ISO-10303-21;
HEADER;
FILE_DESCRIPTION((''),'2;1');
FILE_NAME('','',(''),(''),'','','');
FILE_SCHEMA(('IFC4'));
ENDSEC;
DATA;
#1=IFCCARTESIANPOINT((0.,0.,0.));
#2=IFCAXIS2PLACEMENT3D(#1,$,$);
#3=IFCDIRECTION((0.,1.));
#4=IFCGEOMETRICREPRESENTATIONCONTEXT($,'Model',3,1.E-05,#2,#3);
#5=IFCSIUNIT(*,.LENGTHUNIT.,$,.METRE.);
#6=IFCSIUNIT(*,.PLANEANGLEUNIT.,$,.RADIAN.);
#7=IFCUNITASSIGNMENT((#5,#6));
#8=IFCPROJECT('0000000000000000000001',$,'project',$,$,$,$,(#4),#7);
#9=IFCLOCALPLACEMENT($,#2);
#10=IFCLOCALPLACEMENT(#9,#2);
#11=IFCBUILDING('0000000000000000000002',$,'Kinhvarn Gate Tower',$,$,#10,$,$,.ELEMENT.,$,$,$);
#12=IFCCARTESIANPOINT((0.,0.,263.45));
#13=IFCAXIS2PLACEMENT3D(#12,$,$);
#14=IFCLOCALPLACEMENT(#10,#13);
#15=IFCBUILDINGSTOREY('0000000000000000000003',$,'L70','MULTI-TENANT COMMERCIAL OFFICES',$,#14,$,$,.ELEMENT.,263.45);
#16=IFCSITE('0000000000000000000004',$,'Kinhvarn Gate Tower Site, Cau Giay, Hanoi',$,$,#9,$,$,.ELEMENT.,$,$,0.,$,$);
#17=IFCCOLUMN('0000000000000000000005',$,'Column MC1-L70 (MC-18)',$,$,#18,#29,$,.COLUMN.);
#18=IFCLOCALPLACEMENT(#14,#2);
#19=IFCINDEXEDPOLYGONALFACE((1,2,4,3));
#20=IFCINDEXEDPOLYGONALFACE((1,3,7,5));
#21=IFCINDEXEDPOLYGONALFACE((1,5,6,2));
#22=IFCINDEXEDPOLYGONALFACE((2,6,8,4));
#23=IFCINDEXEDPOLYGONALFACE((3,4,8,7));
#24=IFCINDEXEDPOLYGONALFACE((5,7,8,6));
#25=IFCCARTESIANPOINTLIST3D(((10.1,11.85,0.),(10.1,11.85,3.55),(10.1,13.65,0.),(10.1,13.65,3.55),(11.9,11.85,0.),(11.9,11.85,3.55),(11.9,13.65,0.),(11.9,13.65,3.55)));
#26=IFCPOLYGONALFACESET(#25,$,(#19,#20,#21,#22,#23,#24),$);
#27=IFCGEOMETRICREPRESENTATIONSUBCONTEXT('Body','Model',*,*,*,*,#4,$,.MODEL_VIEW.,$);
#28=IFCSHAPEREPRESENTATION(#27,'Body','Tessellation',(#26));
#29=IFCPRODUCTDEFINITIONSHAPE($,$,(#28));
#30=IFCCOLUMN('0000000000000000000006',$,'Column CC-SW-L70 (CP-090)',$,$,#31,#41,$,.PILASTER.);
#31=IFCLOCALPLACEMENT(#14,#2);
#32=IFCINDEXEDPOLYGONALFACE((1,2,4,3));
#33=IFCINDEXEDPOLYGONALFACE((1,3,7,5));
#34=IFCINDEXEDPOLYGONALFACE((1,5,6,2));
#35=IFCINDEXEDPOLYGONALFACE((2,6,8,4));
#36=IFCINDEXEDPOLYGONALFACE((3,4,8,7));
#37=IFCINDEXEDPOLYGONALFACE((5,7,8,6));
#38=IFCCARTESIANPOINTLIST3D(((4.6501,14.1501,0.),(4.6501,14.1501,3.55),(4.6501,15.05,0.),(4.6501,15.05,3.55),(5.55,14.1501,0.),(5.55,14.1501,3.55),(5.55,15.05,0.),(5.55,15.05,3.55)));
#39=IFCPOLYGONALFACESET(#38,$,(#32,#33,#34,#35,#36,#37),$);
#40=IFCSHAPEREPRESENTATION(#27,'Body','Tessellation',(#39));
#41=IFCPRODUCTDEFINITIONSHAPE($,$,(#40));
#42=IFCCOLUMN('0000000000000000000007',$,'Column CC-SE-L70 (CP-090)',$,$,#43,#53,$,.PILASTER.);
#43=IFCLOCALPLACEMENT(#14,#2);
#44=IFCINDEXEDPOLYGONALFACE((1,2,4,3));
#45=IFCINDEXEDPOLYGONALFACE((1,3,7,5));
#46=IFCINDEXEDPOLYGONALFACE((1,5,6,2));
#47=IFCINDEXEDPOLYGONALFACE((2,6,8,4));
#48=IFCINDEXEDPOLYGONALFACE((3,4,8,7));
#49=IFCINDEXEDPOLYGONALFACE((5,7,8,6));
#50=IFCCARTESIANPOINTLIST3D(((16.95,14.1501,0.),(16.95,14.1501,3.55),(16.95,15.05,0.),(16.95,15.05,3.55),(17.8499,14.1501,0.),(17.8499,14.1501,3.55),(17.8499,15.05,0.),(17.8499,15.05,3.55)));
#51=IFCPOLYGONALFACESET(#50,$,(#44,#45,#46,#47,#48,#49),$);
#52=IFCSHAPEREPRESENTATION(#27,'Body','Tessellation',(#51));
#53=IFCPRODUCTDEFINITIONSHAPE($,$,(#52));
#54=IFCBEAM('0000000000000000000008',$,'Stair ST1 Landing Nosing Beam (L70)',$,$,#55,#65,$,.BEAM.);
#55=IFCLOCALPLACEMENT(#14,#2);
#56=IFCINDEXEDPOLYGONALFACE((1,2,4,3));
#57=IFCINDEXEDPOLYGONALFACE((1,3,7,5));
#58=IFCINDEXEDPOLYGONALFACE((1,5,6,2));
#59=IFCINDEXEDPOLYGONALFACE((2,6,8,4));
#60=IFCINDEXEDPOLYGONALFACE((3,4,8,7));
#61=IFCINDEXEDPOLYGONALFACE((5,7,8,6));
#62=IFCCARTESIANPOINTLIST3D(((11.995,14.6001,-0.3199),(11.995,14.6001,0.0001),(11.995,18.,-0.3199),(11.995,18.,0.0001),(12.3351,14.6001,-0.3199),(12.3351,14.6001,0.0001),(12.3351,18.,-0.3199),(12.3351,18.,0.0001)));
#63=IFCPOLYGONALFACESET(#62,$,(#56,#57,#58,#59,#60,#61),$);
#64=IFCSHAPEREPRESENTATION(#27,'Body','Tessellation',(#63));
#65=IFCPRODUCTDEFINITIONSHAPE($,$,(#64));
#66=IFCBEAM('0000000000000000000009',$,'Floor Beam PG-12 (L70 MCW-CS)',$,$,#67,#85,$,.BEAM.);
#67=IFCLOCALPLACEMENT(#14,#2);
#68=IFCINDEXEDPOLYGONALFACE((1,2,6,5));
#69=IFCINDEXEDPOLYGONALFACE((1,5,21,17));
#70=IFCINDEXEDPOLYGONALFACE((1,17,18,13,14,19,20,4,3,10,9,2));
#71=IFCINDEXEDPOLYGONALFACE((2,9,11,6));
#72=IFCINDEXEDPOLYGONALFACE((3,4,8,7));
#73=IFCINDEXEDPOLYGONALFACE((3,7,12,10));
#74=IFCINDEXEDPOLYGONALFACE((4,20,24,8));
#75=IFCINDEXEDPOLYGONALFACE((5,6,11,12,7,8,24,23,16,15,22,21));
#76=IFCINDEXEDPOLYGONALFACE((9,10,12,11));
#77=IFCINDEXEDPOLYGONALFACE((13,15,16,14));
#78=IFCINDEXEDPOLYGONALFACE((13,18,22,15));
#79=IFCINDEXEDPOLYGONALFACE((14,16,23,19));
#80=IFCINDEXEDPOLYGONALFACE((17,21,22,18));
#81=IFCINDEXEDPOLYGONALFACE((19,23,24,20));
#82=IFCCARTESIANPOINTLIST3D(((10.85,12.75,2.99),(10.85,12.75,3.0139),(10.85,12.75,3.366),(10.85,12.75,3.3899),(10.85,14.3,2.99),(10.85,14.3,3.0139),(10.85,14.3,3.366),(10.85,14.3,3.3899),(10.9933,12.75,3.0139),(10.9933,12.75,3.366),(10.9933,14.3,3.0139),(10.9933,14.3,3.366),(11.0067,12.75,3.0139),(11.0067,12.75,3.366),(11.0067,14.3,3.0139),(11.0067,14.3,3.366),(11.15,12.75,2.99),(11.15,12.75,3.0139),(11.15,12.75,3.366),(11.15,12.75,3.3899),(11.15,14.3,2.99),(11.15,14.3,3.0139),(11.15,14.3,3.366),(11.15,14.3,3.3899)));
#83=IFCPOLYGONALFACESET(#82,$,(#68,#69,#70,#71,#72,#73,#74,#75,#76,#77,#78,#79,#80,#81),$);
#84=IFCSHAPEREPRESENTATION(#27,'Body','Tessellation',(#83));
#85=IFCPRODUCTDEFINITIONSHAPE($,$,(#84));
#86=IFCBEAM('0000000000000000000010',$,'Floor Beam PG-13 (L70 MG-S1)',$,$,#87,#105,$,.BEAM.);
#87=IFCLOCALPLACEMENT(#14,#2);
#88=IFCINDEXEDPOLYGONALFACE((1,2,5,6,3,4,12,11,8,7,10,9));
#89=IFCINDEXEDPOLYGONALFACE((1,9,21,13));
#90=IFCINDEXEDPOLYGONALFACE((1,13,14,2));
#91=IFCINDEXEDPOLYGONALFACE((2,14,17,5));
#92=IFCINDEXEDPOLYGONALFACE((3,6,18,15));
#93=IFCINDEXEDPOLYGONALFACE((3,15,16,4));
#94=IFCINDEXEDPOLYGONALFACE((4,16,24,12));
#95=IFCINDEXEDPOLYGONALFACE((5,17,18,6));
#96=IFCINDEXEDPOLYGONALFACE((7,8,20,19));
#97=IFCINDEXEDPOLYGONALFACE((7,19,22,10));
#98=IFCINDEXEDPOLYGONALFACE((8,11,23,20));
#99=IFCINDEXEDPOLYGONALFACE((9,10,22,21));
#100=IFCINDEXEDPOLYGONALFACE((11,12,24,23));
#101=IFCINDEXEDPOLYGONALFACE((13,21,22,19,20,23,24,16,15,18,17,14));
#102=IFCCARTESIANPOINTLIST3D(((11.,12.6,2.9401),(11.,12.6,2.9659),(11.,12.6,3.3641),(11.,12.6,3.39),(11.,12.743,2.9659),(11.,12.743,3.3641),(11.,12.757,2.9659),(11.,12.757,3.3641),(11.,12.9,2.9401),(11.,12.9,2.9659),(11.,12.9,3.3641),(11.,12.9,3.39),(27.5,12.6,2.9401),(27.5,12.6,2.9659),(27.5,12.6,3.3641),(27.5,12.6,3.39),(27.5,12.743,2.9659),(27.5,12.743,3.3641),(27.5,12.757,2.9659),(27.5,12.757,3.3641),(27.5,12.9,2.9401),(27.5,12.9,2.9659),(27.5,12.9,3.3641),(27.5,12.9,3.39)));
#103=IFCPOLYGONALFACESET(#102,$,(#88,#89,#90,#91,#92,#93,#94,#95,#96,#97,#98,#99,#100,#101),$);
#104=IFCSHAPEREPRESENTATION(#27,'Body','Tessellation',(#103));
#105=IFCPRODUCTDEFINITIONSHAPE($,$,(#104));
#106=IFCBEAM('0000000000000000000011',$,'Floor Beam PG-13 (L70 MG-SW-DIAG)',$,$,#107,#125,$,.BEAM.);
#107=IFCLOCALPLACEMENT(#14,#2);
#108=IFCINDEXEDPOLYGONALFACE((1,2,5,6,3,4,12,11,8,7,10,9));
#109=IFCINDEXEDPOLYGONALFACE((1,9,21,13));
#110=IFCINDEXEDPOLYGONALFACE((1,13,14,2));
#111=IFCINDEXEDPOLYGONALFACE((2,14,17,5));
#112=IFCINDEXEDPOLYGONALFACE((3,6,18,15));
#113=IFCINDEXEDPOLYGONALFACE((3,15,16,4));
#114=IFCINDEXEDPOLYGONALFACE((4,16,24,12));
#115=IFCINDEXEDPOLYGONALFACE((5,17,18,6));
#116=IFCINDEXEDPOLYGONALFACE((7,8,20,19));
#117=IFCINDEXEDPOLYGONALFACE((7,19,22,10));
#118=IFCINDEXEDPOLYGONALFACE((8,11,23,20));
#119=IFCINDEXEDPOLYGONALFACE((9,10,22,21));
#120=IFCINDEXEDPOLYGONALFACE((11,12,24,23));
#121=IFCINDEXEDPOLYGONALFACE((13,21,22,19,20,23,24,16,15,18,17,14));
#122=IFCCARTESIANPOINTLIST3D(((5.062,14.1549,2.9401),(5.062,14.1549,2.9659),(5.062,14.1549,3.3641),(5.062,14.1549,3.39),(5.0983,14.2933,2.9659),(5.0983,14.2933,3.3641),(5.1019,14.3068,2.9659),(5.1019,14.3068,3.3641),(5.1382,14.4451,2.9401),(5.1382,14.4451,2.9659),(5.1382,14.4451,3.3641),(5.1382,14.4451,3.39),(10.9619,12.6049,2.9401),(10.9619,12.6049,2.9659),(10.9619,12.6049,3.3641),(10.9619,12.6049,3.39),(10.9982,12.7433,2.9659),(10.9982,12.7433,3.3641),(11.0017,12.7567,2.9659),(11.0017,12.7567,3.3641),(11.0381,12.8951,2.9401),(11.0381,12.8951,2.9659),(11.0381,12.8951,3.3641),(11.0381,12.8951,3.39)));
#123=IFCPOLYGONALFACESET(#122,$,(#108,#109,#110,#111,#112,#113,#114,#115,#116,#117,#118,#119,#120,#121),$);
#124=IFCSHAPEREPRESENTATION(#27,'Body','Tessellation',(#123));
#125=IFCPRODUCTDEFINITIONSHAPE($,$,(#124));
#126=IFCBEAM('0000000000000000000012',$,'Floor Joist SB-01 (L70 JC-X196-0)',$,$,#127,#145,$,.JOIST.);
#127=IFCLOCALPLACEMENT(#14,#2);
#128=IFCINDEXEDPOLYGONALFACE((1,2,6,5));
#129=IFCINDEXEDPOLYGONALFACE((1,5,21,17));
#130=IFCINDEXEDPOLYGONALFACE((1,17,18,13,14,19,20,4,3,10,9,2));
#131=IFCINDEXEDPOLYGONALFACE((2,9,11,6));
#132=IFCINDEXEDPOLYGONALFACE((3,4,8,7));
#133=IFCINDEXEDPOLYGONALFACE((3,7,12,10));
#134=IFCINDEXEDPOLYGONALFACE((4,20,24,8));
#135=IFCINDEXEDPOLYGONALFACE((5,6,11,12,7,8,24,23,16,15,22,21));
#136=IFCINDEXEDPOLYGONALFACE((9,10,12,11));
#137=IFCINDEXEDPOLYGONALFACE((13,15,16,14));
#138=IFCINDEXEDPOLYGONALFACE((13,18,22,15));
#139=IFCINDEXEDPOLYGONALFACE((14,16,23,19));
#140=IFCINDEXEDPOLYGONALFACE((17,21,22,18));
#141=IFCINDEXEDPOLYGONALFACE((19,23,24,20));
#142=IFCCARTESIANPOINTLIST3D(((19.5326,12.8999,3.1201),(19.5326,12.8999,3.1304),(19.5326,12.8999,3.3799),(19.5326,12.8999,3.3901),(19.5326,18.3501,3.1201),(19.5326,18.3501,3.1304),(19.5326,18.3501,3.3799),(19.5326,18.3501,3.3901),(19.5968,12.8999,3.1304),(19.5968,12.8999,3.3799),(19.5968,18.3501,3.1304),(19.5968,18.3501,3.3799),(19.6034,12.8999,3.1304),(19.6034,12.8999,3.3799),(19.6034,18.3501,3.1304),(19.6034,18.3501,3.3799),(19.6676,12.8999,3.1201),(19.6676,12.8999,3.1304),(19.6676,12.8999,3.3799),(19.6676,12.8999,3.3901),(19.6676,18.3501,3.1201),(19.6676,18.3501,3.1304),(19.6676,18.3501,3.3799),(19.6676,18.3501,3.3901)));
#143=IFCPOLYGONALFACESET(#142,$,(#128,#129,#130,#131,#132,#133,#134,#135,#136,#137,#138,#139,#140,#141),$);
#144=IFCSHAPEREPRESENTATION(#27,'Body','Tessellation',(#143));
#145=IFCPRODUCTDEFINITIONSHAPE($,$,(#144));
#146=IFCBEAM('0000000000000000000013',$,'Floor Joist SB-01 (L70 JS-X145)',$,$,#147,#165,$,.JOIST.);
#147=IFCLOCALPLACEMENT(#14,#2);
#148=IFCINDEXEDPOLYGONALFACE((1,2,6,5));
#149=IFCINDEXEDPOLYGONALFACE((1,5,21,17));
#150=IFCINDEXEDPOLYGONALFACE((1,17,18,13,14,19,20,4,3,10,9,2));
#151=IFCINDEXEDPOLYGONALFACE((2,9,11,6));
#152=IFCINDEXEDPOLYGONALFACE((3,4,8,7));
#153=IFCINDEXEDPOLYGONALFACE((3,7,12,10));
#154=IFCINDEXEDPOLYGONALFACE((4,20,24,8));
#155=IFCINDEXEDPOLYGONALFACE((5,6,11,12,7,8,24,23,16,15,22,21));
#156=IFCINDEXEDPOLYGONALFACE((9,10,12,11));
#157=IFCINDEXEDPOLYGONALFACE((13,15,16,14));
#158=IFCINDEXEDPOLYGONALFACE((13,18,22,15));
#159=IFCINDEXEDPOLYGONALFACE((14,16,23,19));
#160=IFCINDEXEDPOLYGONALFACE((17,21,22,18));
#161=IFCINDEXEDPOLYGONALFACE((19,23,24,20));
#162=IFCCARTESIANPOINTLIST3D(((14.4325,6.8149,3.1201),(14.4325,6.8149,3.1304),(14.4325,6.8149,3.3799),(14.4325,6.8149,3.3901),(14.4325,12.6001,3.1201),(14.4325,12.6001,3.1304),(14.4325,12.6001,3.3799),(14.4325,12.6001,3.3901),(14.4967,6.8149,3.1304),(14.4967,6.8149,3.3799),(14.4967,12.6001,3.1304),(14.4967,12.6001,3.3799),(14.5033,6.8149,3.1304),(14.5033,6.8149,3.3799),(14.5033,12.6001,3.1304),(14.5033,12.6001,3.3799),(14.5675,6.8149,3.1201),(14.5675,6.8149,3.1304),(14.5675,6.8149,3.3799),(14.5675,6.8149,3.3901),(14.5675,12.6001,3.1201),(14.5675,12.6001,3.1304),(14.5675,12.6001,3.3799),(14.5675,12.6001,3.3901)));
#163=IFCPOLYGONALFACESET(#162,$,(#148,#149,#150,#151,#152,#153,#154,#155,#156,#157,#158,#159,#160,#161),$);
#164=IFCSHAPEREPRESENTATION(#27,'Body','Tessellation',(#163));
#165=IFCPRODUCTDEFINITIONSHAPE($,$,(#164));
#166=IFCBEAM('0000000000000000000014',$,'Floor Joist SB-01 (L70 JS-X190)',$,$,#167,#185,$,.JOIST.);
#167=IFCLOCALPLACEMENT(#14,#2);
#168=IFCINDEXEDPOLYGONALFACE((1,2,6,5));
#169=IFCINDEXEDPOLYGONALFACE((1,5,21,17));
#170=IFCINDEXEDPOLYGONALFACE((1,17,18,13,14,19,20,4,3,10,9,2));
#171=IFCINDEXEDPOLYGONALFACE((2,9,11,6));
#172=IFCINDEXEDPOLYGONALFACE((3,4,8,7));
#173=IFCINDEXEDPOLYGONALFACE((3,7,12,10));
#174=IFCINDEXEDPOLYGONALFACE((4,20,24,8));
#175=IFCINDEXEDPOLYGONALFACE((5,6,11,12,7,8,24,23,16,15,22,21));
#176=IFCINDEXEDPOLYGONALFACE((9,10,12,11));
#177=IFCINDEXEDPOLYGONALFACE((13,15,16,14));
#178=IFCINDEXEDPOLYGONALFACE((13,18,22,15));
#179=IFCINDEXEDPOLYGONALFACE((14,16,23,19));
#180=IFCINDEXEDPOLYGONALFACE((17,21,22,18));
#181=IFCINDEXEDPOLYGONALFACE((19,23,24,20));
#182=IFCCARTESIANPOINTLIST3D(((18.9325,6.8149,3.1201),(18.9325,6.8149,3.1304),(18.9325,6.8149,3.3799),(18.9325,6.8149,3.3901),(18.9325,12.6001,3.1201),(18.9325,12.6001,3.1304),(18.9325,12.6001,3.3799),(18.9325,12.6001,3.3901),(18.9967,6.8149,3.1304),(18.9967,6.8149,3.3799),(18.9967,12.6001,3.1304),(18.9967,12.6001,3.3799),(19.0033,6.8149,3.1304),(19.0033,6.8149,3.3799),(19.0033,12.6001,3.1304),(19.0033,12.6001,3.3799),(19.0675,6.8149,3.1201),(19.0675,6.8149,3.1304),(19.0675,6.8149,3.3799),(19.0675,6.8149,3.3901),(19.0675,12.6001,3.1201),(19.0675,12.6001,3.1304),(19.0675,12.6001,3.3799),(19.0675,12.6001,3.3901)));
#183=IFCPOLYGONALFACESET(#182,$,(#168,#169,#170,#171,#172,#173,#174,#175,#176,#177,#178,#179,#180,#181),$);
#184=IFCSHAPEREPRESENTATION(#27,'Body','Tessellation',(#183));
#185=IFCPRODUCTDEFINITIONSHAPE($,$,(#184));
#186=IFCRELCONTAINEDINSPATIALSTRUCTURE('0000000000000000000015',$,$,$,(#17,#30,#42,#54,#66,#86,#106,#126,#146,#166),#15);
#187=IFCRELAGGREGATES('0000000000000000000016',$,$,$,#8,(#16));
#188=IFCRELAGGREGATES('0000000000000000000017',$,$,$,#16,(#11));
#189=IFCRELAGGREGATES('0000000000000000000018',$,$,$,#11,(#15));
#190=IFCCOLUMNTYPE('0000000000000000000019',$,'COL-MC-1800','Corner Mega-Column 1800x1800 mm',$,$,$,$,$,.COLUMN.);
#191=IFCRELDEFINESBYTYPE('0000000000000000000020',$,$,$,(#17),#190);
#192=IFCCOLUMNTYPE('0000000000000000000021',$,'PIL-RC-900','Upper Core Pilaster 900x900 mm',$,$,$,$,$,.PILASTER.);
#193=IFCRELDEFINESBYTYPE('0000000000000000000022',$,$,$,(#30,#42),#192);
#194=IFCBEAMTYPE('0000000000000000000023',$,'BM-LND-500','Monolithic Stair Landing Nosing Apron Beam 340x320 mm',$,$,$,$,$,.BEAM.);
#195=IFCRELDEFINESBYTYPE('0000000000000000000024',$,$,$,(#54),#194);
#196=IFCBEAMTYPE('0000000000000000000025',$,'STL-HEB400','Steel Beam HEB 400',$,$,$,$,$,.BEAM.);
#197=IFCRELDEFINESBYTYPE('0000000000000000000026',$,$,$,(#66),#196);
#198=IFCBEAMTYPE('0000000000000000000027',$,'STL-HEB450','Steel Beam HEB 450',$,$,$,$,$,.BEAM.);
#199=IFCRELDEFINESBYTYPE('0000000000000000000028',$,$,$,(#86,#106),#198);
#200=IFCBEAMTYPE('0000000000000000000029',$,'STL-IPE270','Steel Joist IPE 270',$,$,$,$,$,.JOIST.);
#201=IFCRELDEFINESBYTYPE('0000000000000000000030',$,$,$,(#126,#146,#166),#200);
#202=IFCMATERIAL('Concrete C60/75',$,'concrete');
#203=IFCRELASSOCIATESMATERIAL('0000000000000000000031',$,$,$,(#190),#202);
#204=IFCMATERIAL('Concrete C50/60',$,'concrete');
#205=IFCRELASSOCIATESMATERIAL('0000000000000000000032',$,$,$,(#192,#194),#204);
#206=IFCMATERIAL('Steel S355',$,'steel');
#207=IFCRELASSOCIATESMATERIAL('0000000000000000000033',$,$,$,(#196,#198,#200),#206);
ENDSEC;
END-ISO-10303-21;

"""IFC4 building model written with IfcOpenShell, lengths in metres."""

from ifc_helpers import new_model, si_unit, direction, frame, origin, origin_2d, place, context, subcontext, project, spatial, rectangle, i_section, extrude, material, material_profile, profile_set, type_object, element, save


model = new_model("IFC4")

# Units and contexts
model_context = context("Model", 3, precision=1e-05, world=origin(), true_north=direction((0.0, 1.0)))
body_context = subcontext(model_context, "Body", "Model", "MODEL_VIEW")
ifc_project = project(units=[si_unit("LENGTHUNIT", "METRE"), si_unit("PLANEANGLEUNIT", "RADIAN")], contexts=[model_context])

# Site, building, storey
site_placement = place(None, origin())
site = spatial("IfcSite", under=ifc_project, at=site_placement, Name="Kinhvarn Gate Tower Site, Cau Giay, Hanoi", CompositionType="ELEMENT", RefElevation=0.0)
building_placement = place(site_placement, origin())
building = spatial("IfcBuilding", under=site, at=building_placement, Name="Kinhvarn Gate Tower", CompositionType="ELEMENT")
storey_placement = place(building_placement, frame((0.0, 0.0, 263.45)))
storey = spatial("IfcBuildingStorey", under=building, at=storey_placement, Name="L70", Description="MULTI-TENANT COMMERCIAL OFFICES", CompositionType="ELEMENT", Elevation=263.45)

# Columns
ifc_material_1 = material(Name="Concrete C60/75", Category="concrete")
ifc_material_profile_1 = material_profile(ifc_material_1, rectangle(XDim=1.8, YDim=1.8, at=origin_2d()), Name="RC 1800x1800")
ifc_profile_set_1 = profile_set([ifc_material_profile_1], Name="Concrete C60/75")
column_type_1 = type_object("IfcColumnType", Name="COL-MC-1800", Description="Corner Mega-Column 1800x1800 mm", PredefinedType="COLUMN", material=ifc_profile_set_1)
column_placement = place(storey_placement, frame((11.0, 12.75, 0.0), z_axis=(0.0, 0.0, 1.0), x_axis=(1.0, 0.0, 0.0)))
element("IfcColumn", 1, at=column_placement, inside=storey, type_object=column_type_1, Name="Column MC1-L70 (MC-18)", PredefinedType="COLUMN", context=body_context, shape_type="SweptSolid", body=[
    extrude(rectangle(XDim=1.8, YDim=1.8, at=origin_2d()), origin(), (0.0, 0.0, 1.0), 3.55),
])
ifc_material_2 = material(Name="Concrete C50/60", Category="concrete")
ifc_material_profile_2 = material_profile(ifc_material_2, rectangle(XDim=0.8999, YDim=0.8999, at=origin_2d()), Name="RC 900x900")
ifc_profile_set_2 = profile_set([ifc_material_profile_2], Name="Concrete C50/60")
column_type_2 = type_object("IfcColumnType", Name="PIL-RC-900", Description="Upper Core Pilaster 900x900 mm", PredefinedType="PILASTER", material=ifc_profile_set_2)
for number, where, z_axis, x_axis, name in (
    (2, (5.1001, 14.6001, 0.0), (0.0, 0.0, 1.0), (1.0, 0.0, 0.0), "Column CC-SW-L70 (CP-090)"),
    (3, (17.3999, 14.6001, 0.0), (0.0, 0.0, 1.0), (1.0, 0.0, 0.0), "Column CC-SE-L70 (CP-090)"),
):
    element("IfcColumn", number, at=place(storey_placement, frame(where, z_axis=z_axis, x_axis=x_axis)), inside=storey, type_object=column_type_2, Name=name, PredefinedType="PILASTER", context=body_context, shape_type="SweptSolid", body=[
        extrude(rectangle(XDim=0.8999, YDim=0.8999, at=origin_2d()), origin(), (0.0, 0.0, 1.0), 3.55),
    ])

# Beams
ifc_material_profile_3 = material_profile(ifc_material_2, rectangle(XDim=0.3401, YDim=0.3201, at=origin_2d()), Name="RC 340x320")
ifc_profile_set_3 = profile_set([ifc_material_profile_3], Name="Concrete C50/60")
beam_type_1 = type_object("IfcBeamType", Name="BM-LND-500", Description="Monolithic Stair Landing Nosing Apron Beam 340x320 mm", PredefinedType="BEAM", material=ifc_profile_set_3)
beam_1_placement = place(storey_placement, frame((12.165, 14.6001, -0.1599), z_axis=(0.0, 1.0, 0.0), x_axis=(-1.0, 0.0, 0.0)))
element("IfcBeam", 4, at=beam_1_placement, inside=storey, type_object=beam_type_1, Name="Stair ST1 Landing Nosing Beam (L70)", PredefinedType="BEAM", context=body_context, shape_type="SweptSolid", body=[
    extrude(rectangle(XDim=0.3401, YDim=0.3201, at=origin_2d()), origin(), (0.0, 0.0, 1.0), 3.3999),
])
ifc_material_3 = material(Name="Steel S355", Category="steel")
ifc_material_profile_4 = material_profile(ifc_material_3, i_section(OverallWidth=0.3, OverallDepth=0.3999, WebThickness=0.0134, FlangeThickness=0.0239, at=origin_2d()), Name="HEB 400")
ifc_profile_set_4 = profile_set([ifc_material_profile_4], Name="Steel S355")
beam_type_2 = type_object("IfcBeamType", Name="STL-HEB400", Description="Steel Beam HEB 400", PredefinedType="BEAM", material=ifc_profile_set_4)
beam_2_placement = place(storey_placement, frame((11.0, 12.75, 3.1899), z_axis=(0.0, 1.0, 0.0), x_axis=(-1.0, 0.0, 0.0)))
element("IfcBeam", 5, at=beam_2_placement, inside=storey, type_object=beam_type_2, Name="Floor Beam PG-12 (L70 MCW-CS)", PredefinedType="BEAM", context=body_context, shape_type="SweptSolid", body=[
    extrude(i_section(OverallWidth=0.3, OverallDepth=0.3999, WebThickness=0.0134, FlangeThickness=0.0239, at=origin_2d()), origin(), (0.0, 0.0, 1.0), 1.55),
])
ifc_material_profile_5 = material_profile(ifc_material_3, i_section(OverallWidth=0.3, OverallDepth=0.45, WebThickness=0.0139, FlangeThickness=0.0259, at=origin_2d()), Name="HEB 450")
ifc_profile_set_5 = profile_set([ifc_material_profile_5], Name="Steel S355")
beam_type_3 = type_object("IfcBeamType", Name="STL-HEB450", Description="Steel Beam HEB 450", PredefinedType="BEAM", material=ifc_profile_set_5)
beam_3_placement = place(storey_placement, frame((11.0, 12.75, 3.165), z_axis=(1.0, 0.0, 0.0), x_axis=(0.0, 1.0, 0.0)))
element("IfcBeam", 6, at=beam_3_placement, inside=storey, type_object=beam_type_3, Name="Floor Beam PG-13 (L70 MG-S1)", PredefinedType="BEAM", context=body_context, shape_type="SweptSolid", body=[
    extrude(i_section(OverallWidth=0.3, OverallDepth=0.45, WebThickness=0.0139, FlangeThickness=0.0259, at=origin_2d()), origin(), (0.0, 0.0, 1.0), 16.5),
])
beam_4_placement = place(storey_placement, frame((5.1001, 14.3, 3.165), z_axis=(0.967178, -0.254101, 0.0), x_axis=(0.254101, 0.967178, 0.0)))
element("IfcBeam", 7, at=beam_4_placement, inside=storey, type_object=beam_type_3, Name="Floor Beam PG-13 (L70 MG-SW-DIAG)", PredefinedType="BEAM", context=body_context, shape_type="SweptSolid", body=[
    extrude(i_section(OverallWidth=0.3, OverallDepth=0.45, WebThickness=0.0139, FlangeThickness=0.0259, at=origin_2d()), origin(), (0.0, 0.0, 1.0), 6.1001),
])
ifc_material_profile_6 = material_profile(ifc_material_3, i_section(OverallWidth=0.135, OverallDepth=0.27, WebThickness=0.0066, FlangeThickness=0.0103, at=origin_2d()), Name="IPE 270")
ifc_profile_set_6 = profile_set([ifc_material_profile_6], Name="Steel S355")
beam_type_4 = type_object("IfcBeamType", Name="STL-IPE270", Description="Steel Joist IPE 270", PredefinedType="JOIST", material=ifc_profile_set_6)
beam_5_placement = place(storey_placement, frame((19.6001, 12.8999, 3.2551), z_axis=(0.0, 1.0, 0.0), x_axis=(-1.0, 0.0, 0.0)))
element("IfcBeam", 8, at=beam_5_placement, inside=storey, type_object=beam_type_4, Name="Floor Joist SB-01 (L70 JC-X196-0)", PredefinedType="JOIST", context=body_context, shape_type="SweptSolid", body=[
    extrude(i_section(OverallWidth=0.135, OverallDepth=0.27, WebThickness=0.0066, FlangeThickness=0.0103, at=origin_2d()), origin(), (0.0, 0.0, 1.0), 5.4502),
])
for number, where, z_axis, x_axis, name in (
    (9, (14.5, 6.8149, 3.2551), (0.0, 1.0, 0.0), (-1.0, 0.0, 0.0), "Floor Joist SB-01 (L70 JS-X145)"),
    (10, (19.0, 6.8149, 3.2551), (0.0, 1.0, 0.0), (-1.0, 0.0, 0.0), "Floor Joist SB-01 (L70 JS-X190)"),
):
    element("IfcBeam", number, at=place(storey_placement, frame(where, z_axis=z_axis, x_axis=x_axis)), inside=storey, type_object=beam_type_4, Name=name, PredefinedType="JOIST", context=body_context, shape_type="SweptSolid", body=[
        extrude(i_section(OverallWidth=0.135, OverallDepth=0.27, WebThickness=0.0066, FlangeThickness=0.0103, at=origin_2d()), origin(), (0.0, 0.0, 1.0), 5.7852),
    ])

save(model, "model.ifc")
